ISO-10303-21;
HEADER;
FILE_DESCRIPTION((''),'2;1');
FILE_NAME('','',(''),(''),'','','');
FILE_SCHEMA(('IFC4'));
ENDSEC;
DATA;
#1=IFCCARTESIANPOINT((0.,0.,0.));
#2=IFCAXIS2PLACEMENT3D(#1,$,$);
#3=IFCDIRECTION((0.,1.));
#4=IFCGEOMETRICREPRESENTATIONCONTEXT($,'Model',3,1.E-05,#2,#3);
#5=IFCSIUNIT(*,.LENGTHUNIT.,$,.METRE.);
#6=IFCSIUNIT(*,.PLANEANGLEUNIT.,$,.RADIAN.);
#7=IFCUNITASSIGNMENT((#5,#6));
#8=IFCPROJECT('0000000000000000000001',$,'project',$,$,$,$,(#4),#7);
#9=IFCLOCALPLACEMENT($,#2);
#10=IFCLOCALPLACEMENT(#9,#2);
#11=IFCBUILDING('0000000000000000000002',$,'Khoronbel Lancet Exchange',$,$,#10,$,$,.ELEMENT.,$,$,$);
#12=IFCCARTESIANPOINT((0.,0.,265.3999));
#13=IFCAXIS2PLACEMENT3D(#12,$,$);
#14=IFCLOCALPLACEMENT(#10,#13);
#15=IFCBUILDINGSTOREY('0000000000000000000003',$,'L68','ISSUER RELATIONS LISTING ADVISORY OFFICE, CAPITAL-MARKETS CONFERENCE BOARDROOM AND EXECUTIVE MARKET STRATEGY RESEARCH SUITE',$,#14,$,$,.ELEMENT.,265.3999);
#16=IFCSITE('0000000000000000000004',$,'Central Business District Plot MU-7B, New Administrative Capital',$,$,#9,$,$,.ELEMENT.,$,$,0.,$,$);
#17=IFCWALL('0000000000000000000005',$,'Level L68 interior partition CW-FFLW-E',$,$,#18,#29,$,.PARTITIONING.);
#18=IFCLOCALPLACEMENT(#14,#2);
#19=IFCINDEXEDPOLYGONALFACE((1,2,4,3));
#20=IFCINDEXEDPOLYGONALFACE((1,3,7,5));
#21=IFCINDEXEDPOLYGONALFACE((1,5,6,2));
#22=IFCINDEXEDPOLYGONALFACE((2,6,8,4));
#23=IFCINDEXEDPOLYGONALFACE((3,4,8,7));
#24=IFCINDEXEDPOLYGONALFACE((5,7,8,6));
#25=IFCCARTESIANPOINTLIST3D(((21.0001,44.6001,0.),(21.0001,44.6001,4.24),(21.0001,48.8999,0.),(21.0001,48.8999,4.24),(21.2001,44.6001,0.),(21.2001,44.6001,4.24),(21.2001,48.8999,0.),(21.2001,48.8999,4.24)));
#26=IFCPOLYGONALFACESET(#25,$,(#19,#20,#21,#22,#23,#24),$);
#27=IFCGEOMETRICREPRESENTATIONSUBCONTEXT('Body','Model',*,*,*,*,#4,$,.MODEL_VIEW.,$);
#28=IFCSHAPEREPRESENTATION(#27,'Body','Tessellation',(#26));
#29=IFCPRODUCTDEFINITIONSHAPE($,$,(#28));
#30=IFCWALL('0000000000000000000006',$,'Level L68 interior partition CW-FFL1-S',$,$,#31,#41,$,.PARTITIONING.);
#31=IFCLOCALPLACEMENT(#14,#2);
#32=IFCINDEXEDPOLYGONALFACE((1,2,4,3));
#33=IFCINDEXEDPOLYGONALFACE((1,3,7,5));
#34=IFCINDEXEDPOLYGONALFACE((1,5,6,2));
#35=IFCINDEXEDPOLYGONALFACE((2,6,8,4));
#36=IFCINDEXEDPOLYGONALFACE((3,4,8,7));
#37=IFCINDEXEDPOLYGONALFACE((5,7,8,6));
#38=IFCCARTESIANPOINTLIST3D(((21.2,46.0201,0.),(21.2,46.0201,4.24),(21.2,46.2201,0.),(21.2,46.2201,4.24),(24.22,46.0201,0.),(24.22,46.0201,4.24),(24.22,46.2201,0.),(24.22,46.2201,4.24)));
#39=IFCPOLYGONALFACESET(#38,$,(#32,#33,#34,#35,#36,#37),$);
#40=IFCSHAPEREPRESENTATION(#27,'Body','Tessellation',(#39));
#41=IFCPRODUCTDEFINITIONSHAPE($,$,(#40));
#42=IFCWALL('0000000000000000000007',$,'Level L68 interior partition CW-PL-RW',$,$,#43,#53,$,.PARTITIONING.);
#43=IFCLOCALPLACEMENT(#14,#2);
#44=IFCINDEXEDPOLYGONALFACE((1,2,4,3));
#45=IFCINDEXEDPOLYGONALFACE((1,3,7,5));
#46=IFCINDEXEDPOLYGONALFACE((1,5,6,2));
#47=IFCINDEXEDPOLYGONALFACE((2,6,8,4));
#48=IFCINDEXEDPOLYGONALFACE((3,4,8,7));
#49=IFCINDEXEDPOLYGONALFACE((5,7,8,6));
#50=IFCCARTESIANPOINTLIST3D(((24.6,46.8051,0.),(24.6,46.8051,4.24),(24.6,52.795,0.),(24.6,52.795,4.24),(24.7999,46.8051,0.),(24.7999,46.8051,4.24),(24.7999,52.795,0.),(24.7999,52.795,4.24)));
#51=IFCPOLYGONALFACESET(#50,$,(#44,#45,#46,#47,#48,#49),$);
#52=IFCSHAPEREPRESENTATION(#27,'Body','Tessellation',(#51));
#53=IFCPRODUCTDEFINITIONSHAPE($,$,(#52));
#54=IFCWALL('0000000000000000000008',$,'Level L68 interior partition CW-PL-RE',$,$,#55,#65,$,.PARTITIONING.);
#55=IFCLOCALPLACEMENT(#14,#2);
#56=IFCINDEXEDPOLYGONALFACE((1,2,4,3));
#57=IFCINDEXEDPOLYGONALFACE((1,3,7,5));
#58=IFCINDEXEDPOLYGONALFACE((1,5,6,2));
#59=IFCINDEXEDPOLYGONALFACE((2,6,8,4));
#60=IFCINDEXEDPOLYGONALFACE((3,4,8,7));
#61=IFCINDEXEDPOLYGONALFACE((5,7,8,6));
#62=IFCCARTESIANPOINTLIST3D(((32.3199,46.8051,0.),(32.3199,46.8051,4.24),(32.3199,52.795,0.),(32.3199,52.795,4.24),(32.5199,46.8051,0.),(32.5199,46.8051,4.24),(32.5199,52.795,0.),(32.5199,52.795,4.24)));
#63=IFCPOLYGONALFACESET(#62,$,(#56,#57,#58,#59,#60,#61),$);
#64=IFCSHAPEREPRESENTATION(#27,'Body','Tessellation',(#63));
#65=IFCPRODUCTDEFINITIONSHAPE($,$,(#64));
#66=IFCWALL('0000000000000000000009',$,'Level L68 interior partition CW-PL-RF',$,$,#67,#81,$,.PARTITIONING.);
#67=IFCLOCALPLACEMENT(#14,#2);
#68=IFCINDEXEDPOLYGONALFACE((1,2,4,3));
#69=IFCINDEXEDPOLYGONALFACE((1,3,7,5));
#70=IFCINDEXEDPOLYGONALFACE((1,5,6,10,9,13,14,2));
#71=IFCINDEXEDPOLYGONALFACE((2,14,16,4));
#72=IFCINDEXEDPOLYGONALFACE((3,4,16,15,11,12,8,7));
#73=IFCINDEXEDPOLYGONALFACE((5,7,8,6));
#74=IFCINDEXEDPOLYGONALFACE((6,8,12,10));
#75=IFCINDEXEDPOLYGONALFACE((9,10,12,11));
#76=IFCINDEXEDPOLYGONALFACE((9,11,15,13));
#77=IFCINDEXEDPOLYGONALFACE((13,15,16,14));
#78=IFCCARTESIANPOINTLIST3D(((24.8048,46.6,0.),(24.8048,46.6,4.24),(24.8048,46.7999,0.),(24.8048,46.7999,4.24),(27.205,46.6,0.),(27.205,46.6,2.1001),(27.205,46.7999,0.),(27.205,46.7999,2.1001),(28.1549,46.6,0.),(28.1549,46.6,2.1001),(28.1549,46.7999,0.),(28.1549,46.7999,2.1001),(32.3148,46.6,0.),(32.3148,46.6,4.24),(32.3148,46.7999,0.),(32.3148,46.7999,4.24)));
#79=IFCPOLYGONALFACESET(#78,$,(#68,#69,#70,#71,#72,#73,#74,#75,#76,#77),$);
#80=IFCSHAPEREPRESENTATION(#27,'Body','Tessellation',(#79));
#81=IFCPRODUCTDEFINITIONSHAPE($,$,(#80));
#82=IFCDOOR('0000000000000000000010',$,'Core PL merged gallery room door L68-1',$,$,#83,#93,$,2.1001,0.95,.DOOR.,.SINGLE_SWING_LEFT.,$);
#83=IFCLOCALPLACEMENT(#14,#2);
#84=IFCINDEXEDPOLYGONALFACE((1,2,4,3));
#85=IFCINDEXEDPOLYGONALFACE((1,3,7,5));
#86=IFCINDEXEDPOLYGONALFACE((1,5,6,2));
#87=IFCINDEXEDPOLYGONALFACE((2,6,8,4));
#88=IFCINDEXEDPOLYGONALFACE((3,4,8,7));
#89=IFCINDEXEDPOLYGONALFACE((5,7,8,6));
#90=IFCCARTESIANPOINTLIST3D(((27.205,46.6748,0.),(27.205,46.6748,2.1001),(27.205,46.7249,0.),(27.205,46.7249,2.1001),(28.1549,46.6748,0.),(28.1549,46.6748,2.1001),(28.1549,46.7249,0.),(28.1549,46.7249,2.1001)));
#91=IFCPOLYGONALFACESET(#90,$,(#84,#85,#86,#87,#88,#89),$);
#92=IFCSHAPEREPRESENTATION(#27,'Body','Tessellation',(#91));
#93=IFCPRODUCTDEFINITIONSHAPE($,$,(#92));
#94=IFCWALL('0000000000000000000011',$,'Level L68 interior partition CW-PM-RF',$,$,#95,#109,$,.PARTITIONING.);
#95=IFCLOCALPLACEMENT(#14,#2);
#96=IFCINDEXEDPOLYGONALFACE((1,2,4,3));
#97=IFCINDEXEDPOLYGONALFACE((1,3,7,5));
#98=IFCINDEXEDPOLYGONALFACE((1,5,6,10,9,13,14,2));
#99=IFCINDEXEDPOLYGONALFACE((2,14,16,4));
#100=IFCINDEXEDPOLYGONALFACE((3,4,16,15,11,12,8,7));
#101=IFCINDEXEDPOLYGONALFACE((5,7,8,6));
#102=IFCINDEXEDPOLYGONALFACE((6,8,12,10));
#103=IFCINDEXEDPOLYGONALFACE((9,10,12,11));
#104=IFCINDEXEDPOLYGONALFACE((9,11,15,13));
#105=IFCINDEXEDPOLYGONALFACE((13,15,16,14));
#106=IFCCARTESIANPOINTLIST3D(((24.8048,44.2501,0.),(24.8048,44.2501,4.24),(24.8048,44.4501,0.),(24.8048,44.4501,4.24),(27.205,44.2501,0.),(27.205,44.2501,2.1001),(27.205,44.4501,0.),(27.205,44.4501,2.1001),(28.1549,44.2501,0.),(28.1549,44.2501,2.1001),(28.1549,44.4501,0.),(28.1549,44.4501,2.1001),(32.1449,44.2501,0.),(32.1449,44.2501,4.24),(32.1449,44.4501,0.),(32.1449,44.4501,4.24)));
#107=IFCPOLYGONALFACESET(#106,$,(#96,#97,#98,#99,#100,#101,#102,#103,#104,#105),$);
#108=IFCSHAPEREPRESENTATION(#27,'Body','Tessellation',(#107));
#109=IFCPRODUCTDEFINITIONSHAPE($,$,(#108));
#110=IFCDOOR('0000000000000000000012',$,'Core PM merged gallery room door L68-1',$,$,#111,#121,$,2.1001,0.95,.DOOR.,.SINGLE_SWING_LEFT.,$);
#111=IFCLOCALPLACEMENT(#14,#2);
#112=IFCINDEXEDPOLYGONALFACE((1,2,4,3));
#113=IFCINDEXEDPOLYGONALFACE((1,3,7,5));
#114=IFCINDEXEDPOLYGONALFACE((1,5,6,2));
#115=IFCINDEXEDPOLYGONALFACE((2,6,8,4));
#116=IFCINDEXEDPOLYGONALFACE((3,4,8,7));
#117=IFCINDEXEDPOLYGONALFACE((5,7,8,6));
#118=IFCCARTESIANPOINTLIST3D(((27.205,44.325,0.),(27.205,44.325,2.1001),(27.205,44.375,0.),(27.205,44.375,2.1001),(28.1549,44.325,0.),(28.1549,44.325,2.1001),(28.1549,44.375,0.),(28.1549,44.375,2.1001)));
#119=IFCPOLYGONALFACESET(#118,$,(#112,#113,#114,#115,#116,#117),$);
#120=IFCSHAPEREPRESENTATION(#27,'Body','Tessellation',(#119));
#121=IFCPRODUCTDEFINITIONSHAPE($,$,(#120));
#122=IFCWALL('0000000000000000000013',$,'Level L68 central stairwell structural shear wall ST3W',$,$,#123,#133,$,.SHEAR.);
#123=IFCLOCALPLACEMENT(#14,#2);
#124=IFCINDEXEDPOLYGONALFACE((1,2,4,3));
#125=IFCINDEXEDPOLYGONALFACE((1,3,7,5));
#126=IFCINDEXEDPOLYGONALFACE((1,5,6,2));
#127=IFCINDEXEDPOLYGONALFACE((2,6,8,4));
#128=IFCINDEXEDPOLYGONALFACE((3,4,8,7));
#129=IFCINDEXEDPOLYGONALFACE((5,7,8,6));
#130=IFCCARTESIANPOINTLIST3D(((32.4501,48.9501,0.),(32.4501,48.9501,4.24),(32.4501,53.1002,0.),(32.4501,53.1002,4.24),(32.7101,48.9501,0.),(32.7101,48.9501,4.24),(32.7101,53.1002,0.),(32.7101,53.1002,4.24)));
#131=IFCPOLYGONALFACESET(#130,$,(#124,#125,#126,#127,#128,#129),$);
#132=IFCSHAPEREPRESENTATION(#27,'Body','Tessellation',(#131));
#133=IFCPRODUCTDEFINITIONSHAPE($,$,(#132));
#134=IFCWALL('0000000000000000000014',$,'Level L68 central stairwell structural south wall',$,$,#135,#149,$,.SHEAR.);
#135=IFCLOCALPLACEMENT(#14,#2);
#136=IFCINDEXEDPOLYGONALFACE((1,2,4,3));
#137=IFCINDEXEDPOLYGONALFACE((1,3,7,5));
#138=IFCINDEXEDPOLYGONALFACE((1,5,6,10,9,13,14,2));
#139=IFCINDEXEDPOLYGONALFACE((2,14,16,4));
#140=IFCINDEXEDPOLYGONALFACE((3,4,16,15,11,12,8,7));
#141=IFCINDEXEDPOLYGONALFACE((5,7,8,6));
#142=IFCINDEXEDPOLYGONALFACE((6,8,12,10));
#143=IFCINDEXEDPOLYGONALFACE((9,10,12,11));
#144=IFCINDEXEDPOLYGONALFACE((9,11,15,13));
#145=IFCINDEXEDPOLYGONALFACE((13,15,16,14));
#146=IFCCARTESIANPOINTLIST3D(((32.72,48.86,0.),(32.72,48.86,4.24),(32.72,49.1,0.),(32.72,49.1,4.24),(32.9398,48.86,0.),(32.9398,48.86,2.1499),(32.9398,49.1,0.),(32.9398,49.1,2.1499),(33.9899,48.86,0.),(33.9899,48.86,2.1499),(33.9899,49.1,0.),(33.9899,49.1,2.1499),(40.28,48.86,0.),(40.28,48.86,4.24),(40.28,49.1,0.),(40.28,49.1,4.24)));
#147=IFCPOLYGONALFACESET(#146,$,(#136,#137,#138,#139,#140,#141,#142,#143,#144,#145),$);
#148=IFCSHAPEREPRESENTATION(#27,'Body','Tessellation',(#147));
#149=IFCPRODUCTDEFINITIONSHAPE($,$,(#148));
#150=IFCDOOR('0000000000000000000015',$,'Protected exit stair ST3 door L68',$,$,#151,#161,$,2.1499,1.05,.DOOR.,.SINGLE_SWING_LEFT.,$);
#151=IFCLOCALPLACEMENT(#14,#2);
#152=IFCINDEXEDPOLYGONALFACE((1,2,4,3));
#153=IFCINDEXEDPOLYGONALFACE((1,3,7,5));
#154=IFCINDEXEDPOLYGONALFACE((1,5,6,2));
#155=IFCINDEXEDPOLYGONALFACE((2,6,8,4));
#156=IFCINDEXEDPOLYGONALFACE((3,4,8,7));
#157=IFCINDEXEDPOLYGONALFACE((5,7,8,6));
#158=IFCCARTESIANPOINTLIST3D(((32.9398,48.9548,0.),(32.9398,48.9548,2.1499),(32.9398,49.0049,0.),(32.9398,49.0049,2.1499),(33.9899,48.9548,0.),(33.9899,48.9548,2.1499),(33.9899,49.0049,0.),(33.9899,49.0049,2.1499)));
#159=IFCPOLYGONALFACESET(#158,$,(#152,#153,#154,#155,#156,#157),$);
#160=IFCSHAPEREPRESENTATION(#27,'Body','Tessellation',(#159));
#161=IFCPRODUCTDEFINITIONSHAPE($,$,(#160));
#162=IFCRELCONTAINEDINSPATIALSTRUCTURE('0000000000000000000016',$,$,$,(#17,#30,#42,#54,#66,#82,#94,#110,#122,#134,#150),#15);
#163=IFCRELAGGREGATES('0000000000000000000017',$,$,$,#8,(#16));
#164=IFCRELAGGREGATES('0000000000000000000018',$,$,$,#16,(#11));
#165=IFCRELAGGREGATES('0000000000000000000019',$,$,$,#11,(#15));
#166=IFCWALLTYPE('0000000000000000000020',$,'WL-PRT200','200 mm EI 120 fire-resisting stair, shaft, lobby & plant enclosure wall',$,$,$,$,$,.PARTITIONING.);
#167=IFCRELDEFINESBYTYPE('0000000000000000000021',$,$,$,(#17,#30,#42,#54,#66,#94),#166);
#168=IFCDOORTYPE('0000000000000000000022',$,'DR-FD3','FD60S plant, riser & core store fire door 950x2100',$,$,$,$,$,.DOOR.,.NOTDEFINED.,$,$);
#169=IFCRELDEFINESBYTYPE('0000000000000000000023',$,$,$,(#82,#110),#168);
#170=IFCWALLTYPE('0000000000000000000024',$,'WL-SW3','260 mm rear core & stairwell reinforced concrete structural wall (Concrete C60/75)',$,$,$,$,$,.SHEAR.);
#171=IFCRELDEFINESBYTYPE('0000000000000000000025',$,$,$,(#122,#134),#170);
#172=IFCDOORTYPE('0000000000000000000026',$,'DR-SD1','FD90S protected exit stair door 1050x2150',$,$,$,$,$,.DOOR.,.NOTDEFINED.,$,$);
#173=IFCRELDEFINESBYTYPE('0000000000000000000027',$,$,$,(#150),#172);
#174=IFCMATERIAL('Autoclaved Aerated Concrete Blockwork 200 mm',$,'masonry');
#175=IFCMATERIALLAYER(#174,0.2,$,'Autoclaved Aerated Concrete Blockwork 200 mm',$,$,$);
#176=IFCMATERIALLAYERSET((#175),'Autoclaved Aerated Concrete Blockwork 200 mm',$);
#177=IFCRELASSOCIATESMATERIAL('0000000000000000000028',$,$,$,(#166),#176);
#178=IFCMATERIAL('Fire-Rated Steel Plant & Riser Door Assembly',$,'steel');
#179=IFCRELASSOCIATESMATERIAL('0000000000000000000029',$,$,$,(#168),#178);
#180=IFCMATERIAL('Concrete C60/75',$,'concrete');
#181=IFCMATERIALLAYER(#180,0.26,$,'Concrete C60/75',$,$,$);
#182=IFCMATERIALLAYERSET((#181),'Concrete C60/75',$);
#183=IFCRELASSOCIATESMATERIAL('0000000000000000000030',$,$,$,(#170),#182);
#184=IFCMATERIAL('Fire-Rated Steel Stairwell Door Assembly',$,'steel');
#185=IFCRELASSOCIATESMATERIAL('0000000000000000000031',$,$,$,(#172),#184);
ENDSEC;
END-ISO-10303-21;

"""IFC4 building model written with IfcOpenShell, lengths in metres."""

from ifc_helpers import new_model, si_unit, direction, frame, frame_2d, origin, place, context, subcontext, project, spatial, rectangle, extrude, material, layer, layer_set, type_object, element, fill, save


model = new_model("IFC4")

# Units and contexts
model_context = context("Model", 3, precision=1e-05, world=origin(), true_north=direction((0.0, 1.0)))
body_context = subcontext(model_context, "Body", "Model", "MODEL_VIEW")
ifc_project = project(units=[si_unit("LENGTHUNIT", "METRE"), si_unit("PLANEANGLEUNIT", "RADIAN")], contexts=[model_context])

# Site, building, storey
site_placement = place(None, origin())
site = spatial("IfcSite", under=ifc_project, at=site_placement, Name="Central Business District Plot MU-7B, New Administrative Capital", CompositionType="ELEMENT", RefElevation=0.0)
building_placement = place(site_placement, origin())
building = spatial("IfcBuilding", under=site, at=building_placement, Name="Khoronbel Lancet Exchange", CompositionType="ELEMENT")
storey_placement = place(building_placement, frame((0.0, 0.0, 265.3999)))
storey = spatial("IfcBuildingStorey", under=building, at=storey_placement, Name="L68", Description="ISSUER RELATIONS LISTING ADVISORY OFFICE, CAPITAL-MARKETS CONFERENCE BOARDROOM AND EXECUTIVE MARKET STRATEGY RESEARCH SUITE", CompositionType="ELEMENT", Elevation=265.3999)

# Shared definitions
ifc_material_1 = material(Name="Autoclaved Aerated Concrete Blockwork 200 mm", Category="masonry")
ifc_layer_1 = layer(ifc_material_1, 0.2, Name="Autoclaved Aerated Concrete Blockwork 200 mm")
ifc_layer_set_1 = layer_set([ifc_layer_1], Name="Autoclaved Aerated Concrete Blockwork 200 mm")
wall_type_1 = type_object("IfcWallType", Name="WL-PRT200", Description="200 mm EI 120 fire-resisting stair, shaft, lobby & plant enclosure wall", PredefinedType="PARTITIONING", material=ifc_layer_set_1)

# Walls
wall_1_placement = place(storey_placement, frame((21.1001, 44.6001, 0.0), z_axis=(0.0, 0.0, 1.0), x_axis=(0.0, 1.0, 0.0)))
element("IfcWall", 1, at=wall_1_placement, inside=storey, type_object=wall_type_1, Name="Level L68 interior partition CW-FFLW-E", PredefinedType="PARTITIONING", context=body_context, shape_type="SweptSolid", body=[
    extrude(rectangle(XDim=4.2998, YDim=0.2, at=frame_2d((2.1499, 0.0))), origin(), (0.0, 0.0, 1.0), 4.24),
])
wall_2_placement = place(storey_placement, frame((21.2, 46.1201, 0.0), z_axis=(0.0, 0.0, 1.0), x_axis=(1.0, 0.0, 0.0)))
element("IfcWall", 2, at=wall_2_placement, inside=storey, type_object=wall_type_1, Name="Level L68 interior partition CW-FFL1-S", PredefinedType="PARTITIONING", context=body_context, shape_type="SweptSolid", body=[
    extrude(rectangle(XDim=3.02, YDim=0.2, at=frame_2d((1.51, 0.0))), origin(), (0.0, 0.0, 1.0), 4.24),
])
for number, where, z_axis, x_axis, name in (
    (3, (24.7, 46.8049, 0.0), (0.0, 0.0, 1.0), (0.0, 1.0, 0.0), "Level L68 interior partition CW-PL-RW"),
    (4, (32.4199, 46.8049, 0.0), (0.0, 0.0, 1.0), (0.0, 1.0, 0.0), "Level L68 interior partition CW-PL-RE"),
):
    element("IfcWall", number, at=place(storey_placement, frame(where, z_axis=z_axis, x_axis=x_axis)), inside=storey, type_object=wall_type_1, Name=name, PredefinedType="PARTITIONING", context=body_context, shape_type="SweptSolid", body=[
        extrude(rectangle(XDim=5.99, YDim=0.2, at=frame_2d((2.9951, 0.0))), origin(), (0.0, 0.0, 1.0), 4.24),
    ])

# Walls, openings, doors
wall_3_placement = place(storey_placement, frame((24.8049, 46.7, 0.0), z_axis=(0.0, 0.0, 1.0), x_axis=(1.0, 0.0, 0.0)))
wall_3 = element("IfcWall", 5, at=wall_3_placement, inside=storey, type_object=wall_type_1, Name="Level L68 interior partition CW-PL-RF", PredefinedType="PARTITIONING", context=body_context, shape_type="SweptSolid", body=[
    extrude(rectangle(XDim=7.51, YDim=0.2, at=frame_2d((3.7549, 0.0))), origin(), (0.0, 0.0, 1.0), 4.24),
])
opening_1_placement = place(wall_3_placement, frame((2.3999, 0.0, 0.0)))
opening_1 = element("IfcOpeningElement", 6, at=opening_1_placement, cuts=wall_3, PredefinedType="OPENING", context=body_context, shape_type="SweptSolid", body=[
    extrude(rectangle(XDim=0.95, YDim=2.1001, at=frame_2d((0.4751, 1.05))), frame((0.0, 0.1099, 0.0), z_axis=(0.0, -1.0, 0.0), x_axis=(1.0, 0.0, 0.0)), (0.0, 0.0, 1.0), 0.22),
])
ifc_material_2 = material(Name="Fire-Rated Steel Plant & Riser Door Assembly", Category="steel")
door_type_1 = type_object("IfcDoorType", Name="DR-FD3", Description="FD60S plant, riser & core store fire door 950x2100", OperationType="NOTDEFINED", PredefinedType="DOOR", material=ifc_material_2)
door_1_placement = place(opening_1_placement, origin())
door_1 = element("IfcDoor", 7, at=door_1_placement, inside=storey, type_object=door_type_1, Name="Core PL merged gallery room door L68-1", OperationType="SINGLE_SWING_LEFT", OverallHeight=2.1001, OverallWidth=0.95, PredefinedType="DOOR", context=body_context, shape_type="SweptSolid", body=[
    extrude(rectangle(XDim=0.95, YDim=2.1001, at=frame_2d((0.4751, 1.05))), frame((0.0, 0.0249, 0.0), z_axis=(0.0, -1.0, 0.0), x_axis=(1.0, 0.0, 0.0)), (0.0, 0.0, 1.0), 0.05),
])
fill(opening_1, door_1)
wall_4_placement = place(storey_placement, frame((24.8049, 44.3501, 0.0), z_axis=(0.0, 0.0, 1.0), x_axis=(1.0, 0.0, 0.0)))
wall_4 = element("IfcWall", 8, at=wall_4_placement, inside=storey, type_object=wall_type_1, Name="Level L68 interior partition CW-PM-RF", PredefinedType="PARTITIONING", context=body_context, shape_type="SweptSolid", body=[
    extrude(rectangle(XDim=7.3401, YDim=0.2, at=frame_2d((3.6699, 0.0))), origin(), (0.0, 0.0, 1.0), 4.24),
])
opening_2_placement = place(wall_4_placement, frame((2.3999, 0.0, 0.0)))
opening_2 = element("IfcOpeningElement", 9, at=opening_2_placement, cuts=wall_4, PredefinedType="OPENING", context=body_context, shape_type="SweptSolid", body=[
    extrude(rectangle(XDim=0.95, YDim=2.1001, at=frame_2d((0.4751, 1.05))), frame((0.0, 0.1099, 0.0), z_axis=(0.0, -1.0, 0.0), x_axis=(1.0, 0.0, 0.0)), (0.0, 0.0, 1.0), 0.22),
])
door_2_placement = place(opening_2_placement, origin())
door_2 = element("IfcDoor", 10, at=door_2_placement, inside=storey, type_object=door_type_1, Name="Core PM merged gallery room door L68-1", OperationType="SINGLE_SWING_LEFT", OverallHeight=2.1001, OverallWidth=0.95, PredefinedType="DOOR", context=body_context, shape_type="SweptSolid", body=[
    extrude(rectangle(XDim=0.95, YDim=2.1001, at=frame_2d((0.4751, 1.05))), frame((0.0, 0.0249, 0.0), z_axis=(0.0, -1.0, 0.0), x_axis=(1.0, 0.0, 0.0)), (0.0, 0.0, 1.0), 0.05),
])
fill(opening_2, door_2)

# Wall
ifc_material_3 = material(Name="Concrete C60/75", Category="concrete")
ifc_layer_2 = layer(ifc_material_3, 0.26, Name="Concrete C60/75")
ifc_layer_set_2 = layer_set([ifc_layer_2], Name="Concrete C60/75")
wall_type_2 = type_object("IfcWallType", Name="WL-SW3", Description="260 mm rear core & stairwell reinforced concrete structural wall (Concrete C60/75)", PredefinedType="SHEAR", material=ifc_layer_set_2)
wall_5_placement = place(storey_placement, frame((32.5801, 48.95, 0.0), z_axis=(0.0, 0.0, 1.0), x_axis=(0.0, 1.0, 0.0)))
element("IfcWall", 11, at=wall_5_placement, inside=storey, type_object=wall_type_2, Name="Level L68 central stairwell structural shear wall ST3W", PredefinedType="SHEAR", context=body_context, shape_type="SweptSolid", body=[
    extrude(rectangle(XDim=4.1501, YDim=0.26, at=frame_2d((2.0752, 0.0))), origin(), (0.0, 0.0, 1.0), 4.24),
])

# Wall, opening, door
wall_6_placement = place(storey_placement, frame((32.72, 48.98, 0.0), z_axis=(0.0, 0.0, 1.0), x_axis=(1.0, 0.0, 0.0)))
wall_6 = element("IfcWall", 12, at=wall_6_placement, inside=storey, type_object=wall_type_2, Name="Level L68 central stairwell structural south wall", PredefinedType="SHEAR", context=body_context, shape_type="SweptSolid", body=[
    extrude(rectangle(XDim=7.5601, YDim=0.24, at=frame_2d((3.78, 0.0))), origin(), (0.0, 0.0, 1.0), 4.24),
])
opening_3_placement = place(wall_6_placement, frame((0.22, 0.0, 0.0)))
opening_3 = element("IfcOpeningElement", 13, at=opening_3_placement, cuts=wall_6, PredefinedType="OPENING", context=body_context, shape_type="SweptSolid", body=[
    extrude(rectangle(XDim=1.05, YDim=2.1499, at=frame_2d((0.5249, 1.075))), frame((0.0, 0.1299, 0.0), z_axis=(0.0, -1.0, 0.0), x_axis=(1.0, 0.0, 0.0)), (0.0, 0.0, 1.0), 0.26),
])
ifc_material_4 = material(Name="Fire-Rated Steel Stairwell Door Assembly", Category="steel")
door_type_2 = type_object("IfcDoorType", Name="DR-SD1", Description="FD90S protected exit stair door 1050x2150", OperationType="NOTDEFINED", PredefinedType="DOOR", material=ifc_material_4)
door_3_placement = place(opening_3_placement, origin())
door_3 = element("IfcDoor", 14, at=door_3_placement, inside=storey, type_object=door_type_2, Name="Protected exit stair ST3 door L68", OperationType="SINGLE_SWING_LEFT", OverallHeight=2.1499, OverallWidth=1.05, PredefinedType="DOOR", context=body_context, shape_type="SweptSolid", body=[
    extrude(rectangle(XDim=1.05, YDim=2.1499, at=frame_2d((0.5249, 1.075))), frame((0.0, 0.0249, 0.0), z_axis=(0.0, -1.0, 0.0), x_axis=(1.0, 0.0, 0.0)), (0.0, 0.0, 1.0), 0.05),
])
fill(opening_3, door_3)

save(model, "model.ifc")
